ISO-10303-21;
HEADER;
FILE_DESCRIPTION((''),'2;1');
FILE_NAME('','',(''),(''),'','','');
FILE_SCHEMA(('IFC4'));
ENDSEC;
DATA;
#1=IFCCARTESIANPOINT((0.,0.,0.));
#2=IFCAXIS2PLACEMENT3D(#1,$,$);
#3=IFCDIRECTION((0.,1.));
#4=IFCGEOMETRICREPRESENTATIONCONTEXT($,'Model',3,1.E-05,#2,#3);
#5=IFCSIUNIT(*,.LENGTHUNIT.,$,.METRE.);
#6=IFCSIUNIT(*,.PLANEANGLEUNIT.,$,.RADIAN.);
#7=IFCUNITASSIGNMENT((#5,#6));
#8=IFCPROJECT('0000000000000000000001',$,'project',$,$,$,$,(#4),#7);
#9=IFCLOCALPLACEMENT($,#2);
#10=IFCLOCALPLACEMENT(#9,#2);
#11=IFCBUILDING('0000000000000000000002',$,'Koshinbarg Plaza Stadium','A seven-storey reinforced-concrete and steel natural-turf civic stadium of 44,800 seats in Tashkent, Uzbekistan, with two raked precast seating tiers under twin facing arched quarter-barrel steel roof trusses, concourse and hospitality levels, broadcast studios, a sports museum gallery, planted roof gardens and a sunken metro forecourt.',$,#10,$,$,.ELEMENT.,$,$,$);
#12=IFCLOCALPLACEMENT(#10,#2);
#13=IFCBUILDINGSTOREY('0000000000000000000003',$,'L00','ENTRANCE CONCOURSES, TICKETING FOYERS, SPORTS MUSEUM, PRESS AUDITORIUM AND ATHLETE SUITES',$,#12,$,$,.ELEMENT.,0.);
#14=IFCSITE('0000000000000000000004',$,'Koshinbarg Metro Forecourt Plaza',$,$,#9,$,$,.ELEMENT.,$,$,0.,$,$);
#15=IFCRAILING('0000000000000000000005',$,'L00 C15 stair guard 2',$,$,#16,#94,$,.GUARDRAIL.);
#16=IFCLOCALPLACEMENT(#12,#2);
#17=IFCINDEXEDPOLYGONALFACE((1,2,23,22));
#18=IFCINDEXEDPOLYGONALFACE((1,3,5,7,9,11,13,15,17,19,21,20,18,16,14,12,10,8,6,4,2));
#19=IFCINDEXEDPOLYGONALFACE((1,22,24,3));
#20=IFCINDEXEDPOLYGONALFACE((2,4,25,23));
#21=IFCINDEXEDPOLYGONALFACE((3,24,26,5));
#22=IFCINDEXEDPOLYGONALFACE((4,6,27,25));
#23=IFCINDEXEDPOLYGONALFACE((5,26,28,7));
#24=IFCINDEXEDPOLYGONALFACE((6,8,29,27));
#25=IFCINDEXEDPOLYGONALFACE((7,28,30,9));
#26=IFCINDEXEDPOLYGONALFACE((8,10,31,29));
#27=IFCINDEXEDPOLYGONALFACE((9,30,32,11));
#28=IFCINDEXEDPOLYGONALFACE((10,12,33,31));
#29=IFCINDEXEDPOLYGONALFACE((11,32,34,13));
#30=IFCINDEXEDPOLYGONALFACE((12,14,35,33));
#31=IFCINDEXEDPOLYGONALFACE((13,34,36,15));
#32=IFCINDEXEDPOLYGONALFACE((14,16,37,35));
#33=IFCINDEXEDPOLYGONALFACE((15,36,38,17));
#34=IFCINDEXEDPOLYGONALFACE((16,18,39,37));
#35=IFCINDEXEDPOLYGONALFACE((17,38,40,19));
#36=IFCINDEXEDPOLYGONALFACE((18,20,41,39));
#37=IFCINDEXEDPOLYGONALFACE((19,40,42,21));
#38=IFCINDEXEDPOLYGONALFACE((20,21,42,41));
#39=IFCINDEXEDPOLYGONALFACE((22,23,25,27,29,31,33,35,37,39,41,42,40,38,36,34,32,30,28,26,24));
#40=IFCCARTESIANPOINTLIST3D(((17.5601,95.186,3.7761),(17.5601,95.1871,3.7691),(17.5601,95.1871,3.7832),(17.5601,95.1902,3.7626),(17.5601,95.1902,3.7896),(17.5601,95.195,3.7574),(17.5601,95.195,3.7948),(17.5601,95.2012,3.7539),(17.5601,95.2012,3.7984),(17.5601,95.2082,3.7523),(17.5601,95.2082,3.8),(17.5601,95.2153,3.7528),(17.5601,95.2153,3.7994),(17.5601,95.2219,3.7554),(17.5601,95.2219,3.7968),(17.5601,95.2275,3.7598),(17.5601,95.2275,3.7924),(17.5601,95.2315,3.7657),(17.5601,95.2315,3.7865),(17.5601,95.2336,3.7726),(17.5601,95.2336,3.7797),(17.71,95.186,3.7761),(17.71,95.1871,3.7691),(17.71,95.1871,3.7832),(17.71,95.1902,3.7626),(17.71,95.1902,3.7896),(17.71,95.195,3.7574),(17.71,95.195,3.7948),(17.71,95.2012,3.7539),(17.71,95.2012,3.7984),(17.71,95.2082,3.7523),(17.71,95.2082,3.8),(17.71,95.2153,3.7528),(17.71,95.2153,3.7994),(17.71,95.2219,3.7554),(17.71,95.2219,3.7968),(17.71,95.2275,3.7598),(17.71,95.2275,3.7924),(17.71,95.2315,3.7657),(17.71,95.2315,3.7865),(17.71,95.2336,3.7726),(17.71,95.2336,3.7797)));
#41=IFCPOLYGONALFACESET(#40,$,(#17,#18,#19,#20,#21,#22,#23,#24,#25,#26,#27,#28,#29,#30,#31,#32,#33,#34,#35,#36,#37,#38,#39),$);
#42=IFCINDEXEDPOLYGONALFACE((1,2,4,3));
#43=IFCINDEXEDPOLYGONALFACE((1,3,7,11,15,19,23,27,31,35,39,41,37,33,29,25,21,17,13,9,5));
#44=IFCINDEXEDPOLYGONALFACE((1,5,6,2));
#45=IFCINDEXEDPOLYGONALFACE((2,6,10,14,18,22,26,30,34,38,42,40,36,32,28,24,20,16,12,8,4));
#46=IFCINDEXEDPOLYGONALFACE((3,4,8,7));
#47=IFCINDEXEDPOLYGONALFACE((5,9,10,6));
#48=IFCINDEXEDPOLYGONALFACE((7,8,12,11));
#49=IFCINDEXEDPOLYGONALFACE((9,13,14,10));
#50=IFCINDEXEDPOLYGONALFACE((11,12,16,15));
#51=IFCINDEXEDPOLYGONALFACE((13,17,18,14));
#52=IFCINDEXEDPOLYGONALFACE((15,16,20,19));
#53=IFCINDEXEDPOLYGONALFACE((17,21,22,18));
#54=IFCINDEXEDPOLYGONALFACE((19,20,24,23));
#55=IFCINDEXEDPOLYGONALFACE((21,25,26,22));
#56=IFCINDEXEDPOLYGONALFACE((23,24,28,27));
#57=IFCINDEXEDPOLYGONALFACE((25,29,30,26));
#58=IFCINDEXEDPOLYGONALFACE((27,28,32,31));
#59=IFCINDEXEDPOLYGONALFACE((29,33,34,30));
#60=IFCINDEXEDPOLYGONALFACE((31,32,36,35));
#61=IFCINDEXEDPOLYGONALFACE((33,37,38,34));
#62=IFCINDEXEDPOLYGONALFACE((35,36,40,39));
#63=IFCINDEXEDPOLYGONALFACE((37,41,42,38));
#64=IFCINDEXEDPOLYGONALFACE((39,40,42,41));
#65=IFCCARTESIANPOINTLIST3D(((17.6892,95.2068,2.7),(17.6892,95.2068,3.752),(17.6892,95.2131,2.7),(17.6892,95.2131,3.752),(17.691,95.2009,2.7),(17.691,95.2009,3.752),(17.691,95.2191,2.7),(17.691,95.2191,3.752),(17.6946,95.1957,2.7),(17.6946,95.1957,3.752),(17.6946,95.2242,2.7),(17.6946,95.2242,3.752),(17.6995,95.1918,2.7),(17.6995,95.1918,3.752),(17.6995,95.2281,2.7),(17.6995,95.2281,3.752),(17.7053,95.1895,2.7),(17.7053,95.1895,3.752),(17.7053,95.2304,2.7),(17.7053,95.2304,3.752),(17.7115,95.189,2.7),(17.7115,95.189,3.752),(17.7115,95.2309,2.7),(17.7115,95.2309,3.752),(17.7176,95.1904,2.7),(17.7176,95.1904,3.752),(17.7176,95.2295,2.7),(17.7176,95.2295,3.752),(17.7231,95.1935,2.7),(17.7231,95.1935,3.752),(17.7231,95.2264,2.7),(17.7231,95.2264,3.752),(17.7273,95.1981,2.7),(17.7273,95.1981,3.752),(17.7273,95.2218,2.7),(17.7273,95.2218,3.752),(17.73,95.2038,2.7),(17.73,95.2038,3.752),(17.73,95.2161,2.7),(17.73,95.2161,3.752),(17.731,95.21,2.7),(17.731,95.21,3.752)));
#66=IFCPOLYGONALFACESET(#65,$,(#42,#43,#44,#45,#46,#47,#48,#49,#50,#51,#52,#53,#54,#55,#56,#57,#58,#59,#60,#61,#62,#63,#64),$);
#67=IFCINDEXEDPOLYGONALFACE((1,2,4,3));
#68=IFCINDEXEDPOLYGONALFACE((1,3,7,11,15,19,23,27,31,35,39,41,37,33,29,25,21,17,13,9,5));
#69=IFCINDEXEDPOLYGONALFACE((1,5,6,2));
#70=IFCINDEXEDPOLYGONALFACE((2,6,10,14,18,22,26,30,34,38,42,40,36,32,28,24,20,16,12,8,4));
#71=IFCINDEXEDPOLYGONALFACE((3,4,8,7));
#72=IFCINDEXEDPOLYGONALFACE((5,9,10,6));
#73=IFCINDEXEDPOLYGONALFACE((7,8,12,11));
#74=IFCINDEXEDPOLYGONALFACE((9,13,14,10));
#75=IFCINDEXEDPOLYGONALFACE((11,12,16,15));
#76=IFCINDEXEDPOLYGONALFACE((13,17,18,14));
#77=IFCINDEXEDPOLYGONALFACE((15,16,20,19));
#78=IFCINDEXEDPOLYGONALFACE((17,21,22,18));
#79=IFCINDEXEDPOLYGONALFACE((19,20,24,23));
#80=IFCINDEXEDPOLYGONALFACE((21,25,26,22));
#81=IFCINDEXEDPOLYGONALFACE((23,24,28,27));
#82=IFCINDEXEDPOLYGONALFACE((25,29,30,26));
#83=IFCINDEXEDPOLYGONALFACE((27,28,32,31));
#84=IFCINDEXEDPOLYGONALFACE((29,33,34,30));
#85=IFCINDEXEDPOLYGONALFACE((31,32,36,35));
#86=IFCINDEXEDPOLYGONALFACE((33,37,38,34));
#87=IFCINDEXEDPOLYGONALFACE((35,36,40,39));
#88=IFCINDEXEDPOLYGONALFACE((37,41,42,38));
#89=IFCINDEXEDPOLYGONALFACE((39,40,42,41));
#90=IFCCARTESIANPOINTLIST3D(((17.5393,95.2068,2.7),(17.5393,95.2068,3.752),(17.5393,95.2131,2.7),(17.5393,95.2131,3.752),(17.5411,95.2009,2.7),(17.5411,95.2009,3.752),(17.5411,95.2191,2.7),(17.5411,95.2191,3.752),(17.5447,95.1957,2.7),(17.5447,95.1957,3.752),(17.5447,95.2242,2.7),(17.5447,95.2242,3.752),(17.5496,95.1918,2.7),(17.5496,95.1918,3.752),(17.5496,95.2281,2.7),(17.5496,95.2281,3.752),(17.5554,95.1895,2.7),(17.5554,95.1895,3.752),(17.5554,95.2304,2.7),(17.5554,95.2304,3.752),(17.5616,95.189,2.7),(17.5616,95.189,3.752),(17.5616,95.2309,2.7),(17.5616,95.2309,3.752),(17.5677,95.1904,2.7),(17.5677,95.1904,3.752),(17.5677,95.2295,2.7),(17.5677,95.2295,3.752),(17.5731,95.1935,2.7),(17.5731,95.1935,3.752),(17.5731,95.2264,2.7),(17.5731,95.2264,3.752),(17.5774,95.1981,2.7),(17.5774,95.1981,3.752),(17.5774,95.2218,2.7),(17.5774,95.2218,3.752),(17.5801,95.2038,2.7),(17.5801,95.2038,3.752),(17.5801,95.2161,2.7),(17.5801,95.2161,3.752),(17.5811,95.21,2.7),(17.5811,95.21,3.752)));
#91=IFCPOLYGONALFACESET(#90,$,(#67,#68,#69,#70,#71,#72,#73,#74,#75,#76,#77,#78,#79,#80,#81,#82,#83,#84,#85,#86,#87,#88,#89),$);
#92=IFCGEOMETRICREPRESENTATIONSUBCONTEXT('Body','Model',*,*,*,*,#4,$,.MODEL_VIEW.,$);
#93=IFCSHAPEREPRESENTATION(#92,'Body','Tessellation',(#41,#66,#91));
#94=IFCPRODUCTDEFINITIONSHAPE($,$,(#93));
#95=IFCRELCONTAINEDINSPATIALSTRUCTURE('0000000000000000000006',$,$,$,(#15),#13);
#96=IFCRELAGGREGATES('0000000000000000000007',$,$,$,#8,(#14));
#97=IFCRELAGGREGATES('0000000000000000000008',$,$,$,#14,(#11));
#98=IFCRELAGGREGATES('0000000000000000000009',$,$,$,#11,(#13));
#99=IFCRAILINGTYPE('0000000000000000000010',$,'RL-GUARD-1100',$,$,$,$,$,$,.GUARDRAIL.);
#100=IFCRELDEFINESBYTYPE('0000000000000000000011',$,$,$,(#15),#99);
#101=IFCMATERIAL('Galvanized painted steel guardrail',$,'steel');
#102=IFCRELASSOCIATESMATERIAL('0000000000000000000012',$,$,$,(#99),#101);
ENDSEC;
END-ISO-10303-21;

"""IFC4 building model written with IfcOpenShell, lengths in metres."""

from ifc_helpers import new_model, si_unit, direction, frame, origin, origin_2d, place, context, subcontext, project, spatial, circle, extrude, material, type_object, element, save


model = new_model("IFC4")

# Units and contexts
model_context = context("Model", 3, precision=1e-05, world=origin(), true_north=direction((0.0, 1.0)))
body_context = subcontext(model_context, "Body", "Model", "MODEL_VIEW")
ifc_project = project(units=[si_unit("LENGTHUNIT", "METRE"), si_unit("PLANEANGLEUNIT", "RADIAN")], contexts=[model_context])

# Site, building, storey
site_placement = place(None, origin())
site = spatial("IfcSite", under=ifc_project, at=site_placement, Name="Koshinbarg Metro Forecourt Plaza", CompositionType="ELEMENT", RefElevation=0.0)
building_placement = place(site_placement, origin())
building = spatial("IfcBuilding", under=site, at=building_placement, Name="Koshinbarg Plaza Stadium", Description="A seven-storey reinforced-concrete and steel natural-turf civic stadium of 44,800 seats in Tashkent, Uzbekistan, with two raked precast seating tiers under twin facing arched quarter-barrel steel roof trusses, concourse and hospitality levels, broadcast studios, a sports museum gallery, planted roof gardens and a sunken metro forecourt.", CompositionType="ELEMENT")
storey_placement = place(building_placement, origin())
storey = spatial("IfcBuildingStorey", under=building, at=storey_placement, Name="L00", Description="ENTRANCE CONCOURSES, TICKETING FOYERS, SPORTS MUSEUM, PRESS AUDITORIUM AND ATHLETE SUITES", CompositionType="ELEMENT", Elevation=0.0)

# Railing
ifc_material_1 = material(Name="Galvanized painted steel guardrail", Category="steel")
railing_type_1 = type_object("IfcRailingType", Name="RL-GUARD-1100", PredefinedType="GUARDRAIL", material=ifc_material_1)
railing_1_placement = place(storey_placement, frame((17.71, 95.21, 2.7)))
element("IfcRailing", 1, at=railing_1_placement, inside=storey, type_object=railing_type_1, Name="L00 C15 stair guard 2", PredefinedType="GUARDRAIL", context=body_context, shape_type="SweptSolid", body=[
    extrude(circle(Radius=0.0239, at=origin_2d()), frame((0.0, 0.0, 1.0762), z_axis=(-1.0, 0.0, 0.0), x_axis=(0.0, -1.0, 0.0)), (0.0, 0.0, 1.0), 0.1499),
    extrude(circle(Radius=0.021, at=origin_2d()), origin(), (0.0, 0.0, 1.0), 1.052),
    extrude(circle(Radius=0.021, at=origin_2d()), frame((-0.1499, 0.0, 0.0)), (0.0, 0.0, 1.0), 1.052),
])

save(model, "model.ifc")
